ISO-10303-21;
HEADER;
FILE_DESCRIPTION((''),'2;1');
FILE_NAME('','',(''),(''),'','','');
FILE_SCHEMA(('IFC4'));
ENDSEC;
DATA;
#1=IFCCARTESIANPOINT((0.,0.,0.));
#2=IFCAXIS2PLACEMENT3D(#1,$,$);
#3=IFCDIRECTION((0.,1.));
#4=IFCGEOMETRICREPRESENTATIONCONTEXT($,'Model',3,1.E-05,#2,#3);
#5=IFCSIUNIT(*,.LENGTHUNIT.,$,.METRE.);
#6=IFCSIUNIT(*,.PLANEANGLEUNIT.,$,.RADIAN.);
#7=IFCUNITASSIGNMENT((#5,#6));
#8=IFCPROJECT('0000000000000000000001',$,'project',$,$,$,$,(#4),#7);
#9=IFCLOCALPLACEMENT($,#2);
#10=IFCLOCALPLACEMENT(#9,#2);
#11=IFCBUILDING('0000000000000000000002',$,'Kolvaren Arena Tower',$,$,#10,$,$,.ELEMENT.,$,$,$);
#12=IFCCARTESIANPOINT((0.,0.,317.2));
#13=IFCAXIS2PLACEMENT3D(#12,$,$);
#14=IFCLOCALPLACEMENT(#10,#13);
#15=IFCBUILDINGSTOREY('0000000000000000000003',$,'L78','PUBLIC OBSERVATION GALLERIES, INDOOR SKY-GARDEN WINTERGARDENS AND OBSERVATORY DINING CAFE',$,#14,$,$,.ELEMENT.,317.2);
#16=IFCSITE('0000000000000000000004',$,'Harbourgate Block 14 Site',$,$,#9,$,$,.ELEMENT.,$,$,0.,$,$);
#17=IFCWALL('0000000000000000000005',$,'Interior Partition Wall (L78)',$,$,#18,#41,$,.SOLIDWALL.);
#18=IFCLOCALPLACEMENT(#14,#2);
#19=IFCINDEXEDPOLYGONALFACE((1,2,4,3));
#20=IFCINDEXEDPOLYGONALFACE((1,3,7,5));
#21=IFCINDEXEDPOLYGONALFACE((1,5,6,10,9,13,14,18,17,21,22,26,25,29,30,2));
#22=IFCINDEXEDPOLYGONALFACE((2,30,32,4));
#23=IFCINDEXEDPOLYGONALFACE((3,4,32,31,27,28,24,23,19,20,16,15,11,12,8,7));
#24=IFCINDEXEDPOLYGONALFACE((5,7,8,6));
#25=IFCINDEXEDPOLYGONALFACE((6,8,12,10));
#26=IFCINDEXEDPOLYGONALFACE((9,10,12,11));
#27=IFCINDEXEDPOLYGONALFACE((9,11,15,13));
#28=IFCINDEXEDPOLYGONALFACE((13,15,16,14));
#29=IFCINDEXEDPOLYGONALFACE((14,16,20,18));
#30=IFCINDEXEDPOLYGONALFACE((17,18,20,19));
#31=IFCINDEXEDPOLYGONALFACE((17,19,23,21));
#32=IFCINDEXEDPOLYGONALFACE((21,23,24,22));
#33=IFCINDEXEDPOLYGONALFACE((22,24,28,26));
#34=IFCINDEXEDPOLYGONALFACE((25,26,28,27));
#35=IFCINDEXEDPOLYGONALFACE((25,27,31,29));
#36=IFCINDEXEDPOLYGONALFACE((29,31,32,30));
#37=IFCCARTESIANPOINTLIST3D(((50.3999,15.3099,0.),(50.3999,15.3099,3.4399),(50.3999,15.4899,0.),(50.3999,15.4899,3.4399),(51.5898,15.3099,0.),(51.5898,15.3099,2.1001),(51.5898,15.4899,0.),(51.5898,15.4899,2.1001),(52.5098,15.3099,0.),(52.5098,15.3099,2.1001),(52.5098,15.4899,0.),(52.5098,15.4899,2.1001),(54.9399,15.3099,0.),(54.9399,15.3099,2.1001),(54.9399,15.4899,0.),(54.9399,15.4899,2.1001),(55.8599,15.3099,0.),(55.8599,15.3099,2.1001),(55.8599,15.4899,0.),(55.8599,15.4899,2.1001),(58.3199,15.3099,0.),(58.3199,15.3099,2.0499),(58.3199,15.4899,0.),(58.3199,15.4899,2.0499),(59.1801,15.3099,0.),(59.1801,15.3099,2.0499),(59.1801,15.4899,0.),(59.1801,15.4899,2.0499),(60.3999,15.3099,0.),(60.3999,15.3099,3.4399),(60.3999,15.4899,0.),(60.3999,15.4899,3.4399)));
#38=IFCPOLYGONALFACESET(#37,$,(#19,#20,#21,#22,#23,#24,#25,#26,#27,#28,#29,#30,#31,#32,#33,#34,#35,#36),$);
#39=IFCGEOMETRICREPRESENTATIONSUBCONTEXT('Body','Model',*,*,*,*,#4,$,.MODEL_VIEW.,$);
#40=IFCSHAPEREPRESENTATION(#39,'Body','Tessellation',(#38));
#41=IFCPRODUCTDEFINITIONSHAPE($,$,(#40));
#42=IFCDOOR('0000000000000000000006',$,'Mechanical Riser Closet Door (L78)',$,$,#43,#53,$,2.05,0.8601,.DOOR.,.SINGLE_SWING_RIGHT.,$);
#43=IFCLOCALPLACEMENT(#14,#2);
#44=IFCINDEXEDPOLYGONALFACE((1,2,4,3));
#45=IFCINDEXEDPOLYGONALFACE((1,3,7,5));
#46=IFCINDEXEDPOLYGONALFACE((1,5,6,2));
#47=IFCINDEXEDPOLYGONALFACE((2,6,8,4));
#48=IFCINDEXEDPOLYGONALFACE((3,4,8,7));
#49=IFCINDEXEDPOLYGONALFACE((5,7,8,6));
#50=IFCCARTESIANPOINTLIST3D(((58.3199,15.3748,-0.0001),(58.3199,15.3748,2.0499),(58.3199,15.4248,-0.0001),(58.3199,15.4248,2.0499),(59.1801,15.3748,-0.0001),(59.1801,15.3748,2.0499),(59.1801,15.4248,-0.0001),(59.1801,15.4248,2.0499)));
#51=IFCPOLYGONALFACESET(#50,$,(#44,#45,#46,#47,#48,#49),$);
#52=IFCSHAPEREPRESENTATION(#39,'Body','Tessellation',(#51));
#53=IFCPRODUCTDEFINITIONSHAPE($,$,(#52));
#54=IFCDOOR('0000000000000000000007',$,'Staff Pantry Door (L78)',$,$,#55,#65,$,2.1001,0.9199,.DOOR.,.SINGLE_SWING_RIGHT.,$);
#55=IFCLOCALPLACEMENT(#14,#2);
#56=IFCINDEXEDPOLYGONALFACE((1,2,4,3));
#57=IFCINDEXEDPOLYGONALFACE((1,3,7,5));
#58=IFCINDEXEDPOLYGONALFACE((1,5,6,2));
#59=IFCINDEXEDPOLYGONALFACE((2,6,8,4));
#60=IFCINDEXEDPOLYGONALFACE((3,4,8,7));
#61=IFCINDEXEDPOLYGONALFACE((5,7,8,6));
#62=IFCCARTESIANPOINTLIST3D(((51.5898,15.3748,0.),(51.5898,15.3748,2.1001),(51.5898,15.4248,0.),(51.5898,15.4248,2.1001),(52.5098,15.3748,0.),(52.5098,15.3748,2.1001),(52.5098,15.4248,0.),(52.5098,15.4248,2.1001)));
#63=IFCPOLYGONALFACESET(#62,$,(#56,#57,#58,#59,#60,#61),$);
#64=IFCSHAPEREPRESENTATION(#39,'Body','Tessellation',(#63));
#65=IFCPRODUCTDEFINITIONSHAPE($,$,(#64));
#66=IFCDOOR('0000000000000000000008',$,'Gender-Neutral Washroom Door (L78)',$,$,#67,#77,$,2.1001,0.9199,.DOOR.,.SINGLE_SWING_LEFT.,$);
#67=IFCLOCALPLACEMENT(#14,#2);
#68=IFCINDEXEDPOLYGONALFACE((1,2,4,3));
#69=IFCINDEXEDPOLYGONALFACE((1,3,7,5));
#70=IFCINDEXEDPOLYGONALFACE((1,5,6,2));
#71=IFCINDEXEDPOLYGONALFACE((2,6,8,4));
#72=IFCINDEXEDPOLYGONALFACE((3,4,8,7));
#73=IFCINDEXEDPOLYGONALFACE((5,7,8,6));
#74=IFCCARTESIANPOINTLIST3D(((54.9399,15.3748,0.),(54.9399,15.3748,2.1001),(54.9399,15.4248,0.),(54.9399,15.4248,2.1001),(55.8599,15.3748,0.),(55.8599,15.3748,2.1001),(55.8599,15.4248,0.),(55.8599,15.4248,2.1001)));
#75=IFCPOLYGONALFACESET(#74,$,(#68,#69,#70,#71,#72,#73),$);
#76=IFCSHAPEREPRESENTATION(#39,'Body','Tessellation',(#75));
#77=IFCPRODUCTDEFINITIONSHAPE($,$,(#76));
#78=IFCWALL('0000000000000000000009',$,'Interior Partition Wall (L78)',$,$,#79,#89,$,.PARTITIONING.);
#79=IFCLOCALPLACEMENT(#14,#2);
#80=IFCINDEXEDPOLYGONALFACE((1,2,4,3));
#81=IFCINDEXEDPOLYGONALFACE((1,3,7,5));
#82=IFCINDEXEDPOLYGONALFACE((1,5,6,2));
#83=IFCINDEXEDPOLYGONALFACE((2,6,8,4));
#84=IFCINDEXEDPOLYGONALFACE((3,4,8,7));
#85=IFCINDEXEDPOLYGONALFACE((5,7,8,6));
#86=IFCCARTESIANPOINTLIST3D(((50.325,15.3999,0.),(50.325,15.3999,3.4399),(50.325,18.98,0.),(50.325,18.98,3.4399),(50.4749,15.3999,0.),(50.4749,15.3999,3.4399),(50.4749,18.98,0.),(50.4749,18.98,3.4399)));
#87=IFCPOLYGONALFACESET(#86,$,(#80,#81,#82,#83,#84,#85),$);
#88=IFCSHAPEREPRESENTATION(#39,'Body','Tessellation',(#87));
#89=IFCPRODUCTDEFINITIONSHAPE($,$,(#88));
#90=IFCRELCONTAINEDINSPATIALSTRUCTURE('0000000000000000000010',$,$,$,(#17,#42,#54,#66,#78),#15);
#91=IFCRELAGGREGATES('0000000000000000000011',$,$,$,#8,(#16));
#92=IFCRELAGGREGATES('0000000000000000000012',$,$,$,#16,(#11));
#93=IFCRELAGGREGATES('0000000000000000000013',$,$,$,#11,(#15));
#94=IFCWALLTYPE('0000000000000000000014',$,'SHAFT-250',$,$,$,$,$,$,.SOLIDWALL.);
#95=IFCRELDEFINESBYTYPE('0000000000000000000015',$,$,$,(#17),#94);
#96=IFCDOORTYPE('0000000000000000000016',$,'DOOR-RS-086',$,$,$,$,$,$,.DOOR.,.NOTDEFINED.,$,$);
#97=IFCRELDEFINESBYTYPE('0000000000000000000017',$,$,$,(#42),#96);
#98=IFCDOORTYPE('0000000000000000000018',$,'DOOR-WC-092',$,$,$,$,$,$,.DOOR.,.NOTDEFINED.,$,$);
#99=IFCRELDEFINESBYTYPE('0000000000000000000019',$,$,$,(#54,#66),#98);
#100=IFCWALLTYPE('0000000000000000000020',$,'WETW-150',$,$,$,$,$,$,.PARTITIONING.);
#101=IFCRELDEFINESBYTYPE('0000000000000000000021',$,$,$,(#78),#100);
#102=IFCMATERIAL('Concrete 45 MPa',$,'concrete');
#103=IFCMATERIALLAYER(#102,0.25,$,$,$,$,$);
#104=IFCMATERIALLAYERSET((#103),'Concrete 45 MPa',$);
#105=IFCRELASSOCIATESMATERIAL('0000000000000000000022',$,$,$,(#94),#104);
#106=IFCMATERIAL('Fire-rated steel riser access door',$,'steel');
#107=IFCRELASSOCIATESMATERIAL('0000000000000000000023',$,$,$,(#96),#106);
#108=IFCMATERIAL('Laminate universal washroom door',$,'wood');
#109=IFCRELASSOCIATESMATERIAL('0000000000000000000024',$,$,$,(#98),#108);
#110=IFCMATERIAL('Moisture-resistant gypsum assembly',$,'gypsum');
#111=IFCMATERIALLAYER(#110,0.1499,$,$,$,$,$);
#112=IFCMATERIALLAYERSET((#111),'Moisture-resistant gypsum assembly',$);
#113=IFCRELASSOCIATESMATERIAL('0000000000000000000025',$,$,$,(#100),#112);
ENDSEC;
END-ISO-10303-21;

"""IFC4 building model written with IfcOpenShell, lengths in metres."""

from ifc_helpers import new_model, si_unit, direction, frame, frame_2d, origin, place, context, subcontext, project, spatial, rectangle, extrude, material, layer, layer_set, type_object, element, fill, save


model = new_model("IFC4")

# Units and contexts
model_context = context("Model", 3, precision=1e-05, world=origin(), true_north=direction((0.0, 1.0)))
body_context = subcontext(model_context, "Body", "Model", "MODEL_VIEW")
ifc_project = project(units=[si_unit("LENGTHUNIT", "METRE"), si_unit("PLANEANGLEUNIT", "RADIAN")], contexts=[model_context])

# Site, building, storey
site_placement = place(None, origin())
site = spatial("IfcSite", under=ifc_project, at=site_placement, Name="Harbourgate Block 14 Site", CompositionType="ELEMENT", RefElevation=0.0)
building_placement = place(site_placement, origin())
building = spatial("IfcBuilding", under=site, at=building_placement, Name="Kolvaren Arena Tower", CompositionType="ELEMENT")
storey_placement = place(building_placement, frame((0.0, 0.0, 317.2)))
storey = spatial("IfcBuildingStorey", under=building, at=storey_placement, Name="L78", Description="PUBLIC OBSERVATION GALLERIES, INDOOR SKY-GARDEN WINTERGARDENS AND OBSERVATORY DINING CAFE", CompositionType="ELEMENT", Elevation=317.2)

# Wall, openings, doors
ifc_material_1 = material(Name="Concrete 45 MPa", Category="concrete")
ifc_layer_1 = layer(ifc_material_1, 0.25)
ifc_layer_set_1 = layer_set([ifc_layer_1], Name="Concrete 45 MPa")
wall_type_1 = type_object("IfcWallType", Name="SHAFT-250", PredefinedType="SOLIDWALL", material=ifc_layer_set_1)
wall_1_placement = place(storey_placement, frame((50.3999, 15.3999, 0.0), z_axis=(0.0, 0.0, 1.0), x_axis=(1.0, 0.0, 0.0)))
wall_1 = element("IfcWall", 1, at=wall_1_placement, inside=storey, type_object=wall_type_1, Name="Interior Partition Wall (L78)", PredefinedType="SOLIDWALL", context=body_context, shape_type="SweptSolid", body=[
    extrude(rectangle(XDim=10.0, YDim=0.1799, at=frame_2d((5.0, 0.0))), origin(), (0.0, 0.0, 1.0), 3.4399),
])
opening_1_placement = place(wall_1_placement, frame((1.1899, 0.0, 0.0)))
opening_1 = element("IfcOpeningElement", 2, at=opening_1_placement, cuts=wall_1, PredefinedType="OPENING", context=body_context, shape_type="SweptSolid", body=[
    extrude(rectangle(XDim=0.9199, YDim=2.1001, at=frame_2d((0.46, 1.05))), frame((0.0, 0.0999, 0.0), z_axis=(0.0, -1.0, 0.0), x_axis=(1.0, 0.0, 0.0)), (0.0, 0.0, 1.0), 0.2),
])
opening_2_placement = place(wall_1_placement, frame((4.54, 0.0, 0.0)))
opening_2 = element("IfcOpeningElement", 3, at=opening_2_placement, cuts=wall_1, PredefinedType="OPENING", context=body_context, shape_type="SweptSolid", body=[
    extrude(rectangle(XDim=0.9199, YDim=2.1001, at=frame_2d((0.46, 1.05))), frame((0.0, 0.0999, 0.0), z_axis=(0.0, -1.0, 0.0), x_axis=(1.0, 0.0, 0.0)), (0.0, 0.0, 1.0), 0.2),
])
opening_3_placement = place(wall_1_placement, frame((7.9199, 0.0, 0.0)))
opening_3 = element("IfcOpeningElement", 4, at=opening_3_placement, cuts=wall_1, PredefinedType="OPENING", context=body_context, shape_type="SweptSolid", body=[
    extrude(rectangle(XDim=0.8601, YDim=2.05, at=frame_2d((0.4302, 1.0249))), frame((0.0, 0.0999, 0.0), z_axis=(0.0, -1.0, 0.0), x_axis=(1.0, 0.0, 0.0)), (0.0, 0.0, 1.0), 0.2),
])
ifc_material_2 = material(Name="Fire-rated steel riser access door", Category="steel")
door_type_1 = type_object("IfcDoorType", Name="DOOR-RS-086", OperationType="NOTDEFINED", PredefinedType="DOOR", material=ifc_material_2)
door_1_placement = place(opening_3_placement, origin())
door_1 = element("IfcDoor", 5, at=door_1_placement, inside=storey, type_object=door_type_1, Name="Mechanical Riser Closet Door (L78)", OperationType="SINGLE_SWING_RIGHT", OverallHeight=2.05, OverallWidth=0.8601, PredefinedType="DOOR", context=body_context, shape_type="SweptSolid", body=[
    extrude(rectangle(XDim=0.8601, YDim=2.05, at=frame_2d((0.4302, 1.0249))), frame((0.0, 0.0249, 0.0), z_axis=(0.0, -1.0, 0.0), x_axis=(1.0, 0.0, 0.0)), (0.0, 0.0, 1.0), 0.05),
])
fill(opening_3, door_1)
ifc_material_3 = material(Name="Laminate universal washroom door", Category="wood")
door_type_2 = type_object("IfcDoorType", Name="DOOR-WC-092", OperationType="NOTDEFINED", PredefinedType="DOOR", material=ifc_material_3)
door_2_placement = place(opening_1_placement, origin())
door_2 = element("IfcDoor", 6, at=door_2_placement, inside=storey, type_object=door_type_2, Name="Staff Pantry Door (L78)", OperationType="SINGLE_SWING_RIGHT", OverallHeight=2.1001, OverallWidth=0.9199, PredefinedType="DOOR", context=body_context, shape_type="SweptSolid", body=[
    extrude(rectangle(XDim=0.9199, YDim=2.1001, at=frame_2d((0.46, 1.05))), frame((0.0, 0.0249, 0.0), z_axis=(0.0, -1.0, 0.0), x_axis=(1.0, 0.0, 0.0)), (0.0, 0.0, 1.0), 0.05),
])
fill(opening_1, door_2)
door_3_placement = place(opening_2_placement, origin())
door_3 = element("IfcDoor", 7, at=door_3_placement, inside=storey, type_object=door_type_2, Name="Gender-Neutral Washroom Door (L78)", OperationType="SINGLE_SWING_LEFT", OverallHeight=2.1001, OverallWidth=0.9199, PredefinedType="DOOR", context=body_context, shape_type="SweptSolid", body=[
    extrude(rectangle(XDim=0.9199, YDim=2.1001, at=frame_2d((0.46, 1.05))), frame((0.0, 0.0249, 0.0), z_axis=(0.0, -1.0, 0.0), x_axis=(1.0, 0.0, 0.0)), (0.0, 0.0, 1.0), 0.05),
])
fill(opening_2, door_3)

# Wall
ifc_material_4 = material(Name="Moisture-resistant gypsum assembly", Category="gypsum")
ifc_layer_2 = layer(ifc_material_4, 0.1499)
ifc_layer_set_2 = layer_set([ifc_layer_2], Name="Moisture-resistant gypsum assembly")
wall_type_2 = type_object("IfcWallType", Name="WETW-150", PredefinedType="PARTITIONING", material=ifc_layer_set_2)
wall_2_placement = place(storey_placement, frame((50.3999, 15.3999, 0.0), z_axis=(0.0, 0.0, 1.0), x_axis=(0.0, 1.0, 0.0)))
element("IfcWall", 8, at=wall_2_placement, inside=storey, type_object=wall_type_2, Name="Interior Partition Wall (L78)", PredefinedType="PARTITIONING", context=body_context, shape_type="SweptSolid", body=[
    extrude(rectangle(XDim=3.5801, YDim=0.1499, at=frame_2d((1.79, 0.0))), origin(), (0.0, 0.0, 1.0), 3.4399),
])

save(model, "model.ifc")
